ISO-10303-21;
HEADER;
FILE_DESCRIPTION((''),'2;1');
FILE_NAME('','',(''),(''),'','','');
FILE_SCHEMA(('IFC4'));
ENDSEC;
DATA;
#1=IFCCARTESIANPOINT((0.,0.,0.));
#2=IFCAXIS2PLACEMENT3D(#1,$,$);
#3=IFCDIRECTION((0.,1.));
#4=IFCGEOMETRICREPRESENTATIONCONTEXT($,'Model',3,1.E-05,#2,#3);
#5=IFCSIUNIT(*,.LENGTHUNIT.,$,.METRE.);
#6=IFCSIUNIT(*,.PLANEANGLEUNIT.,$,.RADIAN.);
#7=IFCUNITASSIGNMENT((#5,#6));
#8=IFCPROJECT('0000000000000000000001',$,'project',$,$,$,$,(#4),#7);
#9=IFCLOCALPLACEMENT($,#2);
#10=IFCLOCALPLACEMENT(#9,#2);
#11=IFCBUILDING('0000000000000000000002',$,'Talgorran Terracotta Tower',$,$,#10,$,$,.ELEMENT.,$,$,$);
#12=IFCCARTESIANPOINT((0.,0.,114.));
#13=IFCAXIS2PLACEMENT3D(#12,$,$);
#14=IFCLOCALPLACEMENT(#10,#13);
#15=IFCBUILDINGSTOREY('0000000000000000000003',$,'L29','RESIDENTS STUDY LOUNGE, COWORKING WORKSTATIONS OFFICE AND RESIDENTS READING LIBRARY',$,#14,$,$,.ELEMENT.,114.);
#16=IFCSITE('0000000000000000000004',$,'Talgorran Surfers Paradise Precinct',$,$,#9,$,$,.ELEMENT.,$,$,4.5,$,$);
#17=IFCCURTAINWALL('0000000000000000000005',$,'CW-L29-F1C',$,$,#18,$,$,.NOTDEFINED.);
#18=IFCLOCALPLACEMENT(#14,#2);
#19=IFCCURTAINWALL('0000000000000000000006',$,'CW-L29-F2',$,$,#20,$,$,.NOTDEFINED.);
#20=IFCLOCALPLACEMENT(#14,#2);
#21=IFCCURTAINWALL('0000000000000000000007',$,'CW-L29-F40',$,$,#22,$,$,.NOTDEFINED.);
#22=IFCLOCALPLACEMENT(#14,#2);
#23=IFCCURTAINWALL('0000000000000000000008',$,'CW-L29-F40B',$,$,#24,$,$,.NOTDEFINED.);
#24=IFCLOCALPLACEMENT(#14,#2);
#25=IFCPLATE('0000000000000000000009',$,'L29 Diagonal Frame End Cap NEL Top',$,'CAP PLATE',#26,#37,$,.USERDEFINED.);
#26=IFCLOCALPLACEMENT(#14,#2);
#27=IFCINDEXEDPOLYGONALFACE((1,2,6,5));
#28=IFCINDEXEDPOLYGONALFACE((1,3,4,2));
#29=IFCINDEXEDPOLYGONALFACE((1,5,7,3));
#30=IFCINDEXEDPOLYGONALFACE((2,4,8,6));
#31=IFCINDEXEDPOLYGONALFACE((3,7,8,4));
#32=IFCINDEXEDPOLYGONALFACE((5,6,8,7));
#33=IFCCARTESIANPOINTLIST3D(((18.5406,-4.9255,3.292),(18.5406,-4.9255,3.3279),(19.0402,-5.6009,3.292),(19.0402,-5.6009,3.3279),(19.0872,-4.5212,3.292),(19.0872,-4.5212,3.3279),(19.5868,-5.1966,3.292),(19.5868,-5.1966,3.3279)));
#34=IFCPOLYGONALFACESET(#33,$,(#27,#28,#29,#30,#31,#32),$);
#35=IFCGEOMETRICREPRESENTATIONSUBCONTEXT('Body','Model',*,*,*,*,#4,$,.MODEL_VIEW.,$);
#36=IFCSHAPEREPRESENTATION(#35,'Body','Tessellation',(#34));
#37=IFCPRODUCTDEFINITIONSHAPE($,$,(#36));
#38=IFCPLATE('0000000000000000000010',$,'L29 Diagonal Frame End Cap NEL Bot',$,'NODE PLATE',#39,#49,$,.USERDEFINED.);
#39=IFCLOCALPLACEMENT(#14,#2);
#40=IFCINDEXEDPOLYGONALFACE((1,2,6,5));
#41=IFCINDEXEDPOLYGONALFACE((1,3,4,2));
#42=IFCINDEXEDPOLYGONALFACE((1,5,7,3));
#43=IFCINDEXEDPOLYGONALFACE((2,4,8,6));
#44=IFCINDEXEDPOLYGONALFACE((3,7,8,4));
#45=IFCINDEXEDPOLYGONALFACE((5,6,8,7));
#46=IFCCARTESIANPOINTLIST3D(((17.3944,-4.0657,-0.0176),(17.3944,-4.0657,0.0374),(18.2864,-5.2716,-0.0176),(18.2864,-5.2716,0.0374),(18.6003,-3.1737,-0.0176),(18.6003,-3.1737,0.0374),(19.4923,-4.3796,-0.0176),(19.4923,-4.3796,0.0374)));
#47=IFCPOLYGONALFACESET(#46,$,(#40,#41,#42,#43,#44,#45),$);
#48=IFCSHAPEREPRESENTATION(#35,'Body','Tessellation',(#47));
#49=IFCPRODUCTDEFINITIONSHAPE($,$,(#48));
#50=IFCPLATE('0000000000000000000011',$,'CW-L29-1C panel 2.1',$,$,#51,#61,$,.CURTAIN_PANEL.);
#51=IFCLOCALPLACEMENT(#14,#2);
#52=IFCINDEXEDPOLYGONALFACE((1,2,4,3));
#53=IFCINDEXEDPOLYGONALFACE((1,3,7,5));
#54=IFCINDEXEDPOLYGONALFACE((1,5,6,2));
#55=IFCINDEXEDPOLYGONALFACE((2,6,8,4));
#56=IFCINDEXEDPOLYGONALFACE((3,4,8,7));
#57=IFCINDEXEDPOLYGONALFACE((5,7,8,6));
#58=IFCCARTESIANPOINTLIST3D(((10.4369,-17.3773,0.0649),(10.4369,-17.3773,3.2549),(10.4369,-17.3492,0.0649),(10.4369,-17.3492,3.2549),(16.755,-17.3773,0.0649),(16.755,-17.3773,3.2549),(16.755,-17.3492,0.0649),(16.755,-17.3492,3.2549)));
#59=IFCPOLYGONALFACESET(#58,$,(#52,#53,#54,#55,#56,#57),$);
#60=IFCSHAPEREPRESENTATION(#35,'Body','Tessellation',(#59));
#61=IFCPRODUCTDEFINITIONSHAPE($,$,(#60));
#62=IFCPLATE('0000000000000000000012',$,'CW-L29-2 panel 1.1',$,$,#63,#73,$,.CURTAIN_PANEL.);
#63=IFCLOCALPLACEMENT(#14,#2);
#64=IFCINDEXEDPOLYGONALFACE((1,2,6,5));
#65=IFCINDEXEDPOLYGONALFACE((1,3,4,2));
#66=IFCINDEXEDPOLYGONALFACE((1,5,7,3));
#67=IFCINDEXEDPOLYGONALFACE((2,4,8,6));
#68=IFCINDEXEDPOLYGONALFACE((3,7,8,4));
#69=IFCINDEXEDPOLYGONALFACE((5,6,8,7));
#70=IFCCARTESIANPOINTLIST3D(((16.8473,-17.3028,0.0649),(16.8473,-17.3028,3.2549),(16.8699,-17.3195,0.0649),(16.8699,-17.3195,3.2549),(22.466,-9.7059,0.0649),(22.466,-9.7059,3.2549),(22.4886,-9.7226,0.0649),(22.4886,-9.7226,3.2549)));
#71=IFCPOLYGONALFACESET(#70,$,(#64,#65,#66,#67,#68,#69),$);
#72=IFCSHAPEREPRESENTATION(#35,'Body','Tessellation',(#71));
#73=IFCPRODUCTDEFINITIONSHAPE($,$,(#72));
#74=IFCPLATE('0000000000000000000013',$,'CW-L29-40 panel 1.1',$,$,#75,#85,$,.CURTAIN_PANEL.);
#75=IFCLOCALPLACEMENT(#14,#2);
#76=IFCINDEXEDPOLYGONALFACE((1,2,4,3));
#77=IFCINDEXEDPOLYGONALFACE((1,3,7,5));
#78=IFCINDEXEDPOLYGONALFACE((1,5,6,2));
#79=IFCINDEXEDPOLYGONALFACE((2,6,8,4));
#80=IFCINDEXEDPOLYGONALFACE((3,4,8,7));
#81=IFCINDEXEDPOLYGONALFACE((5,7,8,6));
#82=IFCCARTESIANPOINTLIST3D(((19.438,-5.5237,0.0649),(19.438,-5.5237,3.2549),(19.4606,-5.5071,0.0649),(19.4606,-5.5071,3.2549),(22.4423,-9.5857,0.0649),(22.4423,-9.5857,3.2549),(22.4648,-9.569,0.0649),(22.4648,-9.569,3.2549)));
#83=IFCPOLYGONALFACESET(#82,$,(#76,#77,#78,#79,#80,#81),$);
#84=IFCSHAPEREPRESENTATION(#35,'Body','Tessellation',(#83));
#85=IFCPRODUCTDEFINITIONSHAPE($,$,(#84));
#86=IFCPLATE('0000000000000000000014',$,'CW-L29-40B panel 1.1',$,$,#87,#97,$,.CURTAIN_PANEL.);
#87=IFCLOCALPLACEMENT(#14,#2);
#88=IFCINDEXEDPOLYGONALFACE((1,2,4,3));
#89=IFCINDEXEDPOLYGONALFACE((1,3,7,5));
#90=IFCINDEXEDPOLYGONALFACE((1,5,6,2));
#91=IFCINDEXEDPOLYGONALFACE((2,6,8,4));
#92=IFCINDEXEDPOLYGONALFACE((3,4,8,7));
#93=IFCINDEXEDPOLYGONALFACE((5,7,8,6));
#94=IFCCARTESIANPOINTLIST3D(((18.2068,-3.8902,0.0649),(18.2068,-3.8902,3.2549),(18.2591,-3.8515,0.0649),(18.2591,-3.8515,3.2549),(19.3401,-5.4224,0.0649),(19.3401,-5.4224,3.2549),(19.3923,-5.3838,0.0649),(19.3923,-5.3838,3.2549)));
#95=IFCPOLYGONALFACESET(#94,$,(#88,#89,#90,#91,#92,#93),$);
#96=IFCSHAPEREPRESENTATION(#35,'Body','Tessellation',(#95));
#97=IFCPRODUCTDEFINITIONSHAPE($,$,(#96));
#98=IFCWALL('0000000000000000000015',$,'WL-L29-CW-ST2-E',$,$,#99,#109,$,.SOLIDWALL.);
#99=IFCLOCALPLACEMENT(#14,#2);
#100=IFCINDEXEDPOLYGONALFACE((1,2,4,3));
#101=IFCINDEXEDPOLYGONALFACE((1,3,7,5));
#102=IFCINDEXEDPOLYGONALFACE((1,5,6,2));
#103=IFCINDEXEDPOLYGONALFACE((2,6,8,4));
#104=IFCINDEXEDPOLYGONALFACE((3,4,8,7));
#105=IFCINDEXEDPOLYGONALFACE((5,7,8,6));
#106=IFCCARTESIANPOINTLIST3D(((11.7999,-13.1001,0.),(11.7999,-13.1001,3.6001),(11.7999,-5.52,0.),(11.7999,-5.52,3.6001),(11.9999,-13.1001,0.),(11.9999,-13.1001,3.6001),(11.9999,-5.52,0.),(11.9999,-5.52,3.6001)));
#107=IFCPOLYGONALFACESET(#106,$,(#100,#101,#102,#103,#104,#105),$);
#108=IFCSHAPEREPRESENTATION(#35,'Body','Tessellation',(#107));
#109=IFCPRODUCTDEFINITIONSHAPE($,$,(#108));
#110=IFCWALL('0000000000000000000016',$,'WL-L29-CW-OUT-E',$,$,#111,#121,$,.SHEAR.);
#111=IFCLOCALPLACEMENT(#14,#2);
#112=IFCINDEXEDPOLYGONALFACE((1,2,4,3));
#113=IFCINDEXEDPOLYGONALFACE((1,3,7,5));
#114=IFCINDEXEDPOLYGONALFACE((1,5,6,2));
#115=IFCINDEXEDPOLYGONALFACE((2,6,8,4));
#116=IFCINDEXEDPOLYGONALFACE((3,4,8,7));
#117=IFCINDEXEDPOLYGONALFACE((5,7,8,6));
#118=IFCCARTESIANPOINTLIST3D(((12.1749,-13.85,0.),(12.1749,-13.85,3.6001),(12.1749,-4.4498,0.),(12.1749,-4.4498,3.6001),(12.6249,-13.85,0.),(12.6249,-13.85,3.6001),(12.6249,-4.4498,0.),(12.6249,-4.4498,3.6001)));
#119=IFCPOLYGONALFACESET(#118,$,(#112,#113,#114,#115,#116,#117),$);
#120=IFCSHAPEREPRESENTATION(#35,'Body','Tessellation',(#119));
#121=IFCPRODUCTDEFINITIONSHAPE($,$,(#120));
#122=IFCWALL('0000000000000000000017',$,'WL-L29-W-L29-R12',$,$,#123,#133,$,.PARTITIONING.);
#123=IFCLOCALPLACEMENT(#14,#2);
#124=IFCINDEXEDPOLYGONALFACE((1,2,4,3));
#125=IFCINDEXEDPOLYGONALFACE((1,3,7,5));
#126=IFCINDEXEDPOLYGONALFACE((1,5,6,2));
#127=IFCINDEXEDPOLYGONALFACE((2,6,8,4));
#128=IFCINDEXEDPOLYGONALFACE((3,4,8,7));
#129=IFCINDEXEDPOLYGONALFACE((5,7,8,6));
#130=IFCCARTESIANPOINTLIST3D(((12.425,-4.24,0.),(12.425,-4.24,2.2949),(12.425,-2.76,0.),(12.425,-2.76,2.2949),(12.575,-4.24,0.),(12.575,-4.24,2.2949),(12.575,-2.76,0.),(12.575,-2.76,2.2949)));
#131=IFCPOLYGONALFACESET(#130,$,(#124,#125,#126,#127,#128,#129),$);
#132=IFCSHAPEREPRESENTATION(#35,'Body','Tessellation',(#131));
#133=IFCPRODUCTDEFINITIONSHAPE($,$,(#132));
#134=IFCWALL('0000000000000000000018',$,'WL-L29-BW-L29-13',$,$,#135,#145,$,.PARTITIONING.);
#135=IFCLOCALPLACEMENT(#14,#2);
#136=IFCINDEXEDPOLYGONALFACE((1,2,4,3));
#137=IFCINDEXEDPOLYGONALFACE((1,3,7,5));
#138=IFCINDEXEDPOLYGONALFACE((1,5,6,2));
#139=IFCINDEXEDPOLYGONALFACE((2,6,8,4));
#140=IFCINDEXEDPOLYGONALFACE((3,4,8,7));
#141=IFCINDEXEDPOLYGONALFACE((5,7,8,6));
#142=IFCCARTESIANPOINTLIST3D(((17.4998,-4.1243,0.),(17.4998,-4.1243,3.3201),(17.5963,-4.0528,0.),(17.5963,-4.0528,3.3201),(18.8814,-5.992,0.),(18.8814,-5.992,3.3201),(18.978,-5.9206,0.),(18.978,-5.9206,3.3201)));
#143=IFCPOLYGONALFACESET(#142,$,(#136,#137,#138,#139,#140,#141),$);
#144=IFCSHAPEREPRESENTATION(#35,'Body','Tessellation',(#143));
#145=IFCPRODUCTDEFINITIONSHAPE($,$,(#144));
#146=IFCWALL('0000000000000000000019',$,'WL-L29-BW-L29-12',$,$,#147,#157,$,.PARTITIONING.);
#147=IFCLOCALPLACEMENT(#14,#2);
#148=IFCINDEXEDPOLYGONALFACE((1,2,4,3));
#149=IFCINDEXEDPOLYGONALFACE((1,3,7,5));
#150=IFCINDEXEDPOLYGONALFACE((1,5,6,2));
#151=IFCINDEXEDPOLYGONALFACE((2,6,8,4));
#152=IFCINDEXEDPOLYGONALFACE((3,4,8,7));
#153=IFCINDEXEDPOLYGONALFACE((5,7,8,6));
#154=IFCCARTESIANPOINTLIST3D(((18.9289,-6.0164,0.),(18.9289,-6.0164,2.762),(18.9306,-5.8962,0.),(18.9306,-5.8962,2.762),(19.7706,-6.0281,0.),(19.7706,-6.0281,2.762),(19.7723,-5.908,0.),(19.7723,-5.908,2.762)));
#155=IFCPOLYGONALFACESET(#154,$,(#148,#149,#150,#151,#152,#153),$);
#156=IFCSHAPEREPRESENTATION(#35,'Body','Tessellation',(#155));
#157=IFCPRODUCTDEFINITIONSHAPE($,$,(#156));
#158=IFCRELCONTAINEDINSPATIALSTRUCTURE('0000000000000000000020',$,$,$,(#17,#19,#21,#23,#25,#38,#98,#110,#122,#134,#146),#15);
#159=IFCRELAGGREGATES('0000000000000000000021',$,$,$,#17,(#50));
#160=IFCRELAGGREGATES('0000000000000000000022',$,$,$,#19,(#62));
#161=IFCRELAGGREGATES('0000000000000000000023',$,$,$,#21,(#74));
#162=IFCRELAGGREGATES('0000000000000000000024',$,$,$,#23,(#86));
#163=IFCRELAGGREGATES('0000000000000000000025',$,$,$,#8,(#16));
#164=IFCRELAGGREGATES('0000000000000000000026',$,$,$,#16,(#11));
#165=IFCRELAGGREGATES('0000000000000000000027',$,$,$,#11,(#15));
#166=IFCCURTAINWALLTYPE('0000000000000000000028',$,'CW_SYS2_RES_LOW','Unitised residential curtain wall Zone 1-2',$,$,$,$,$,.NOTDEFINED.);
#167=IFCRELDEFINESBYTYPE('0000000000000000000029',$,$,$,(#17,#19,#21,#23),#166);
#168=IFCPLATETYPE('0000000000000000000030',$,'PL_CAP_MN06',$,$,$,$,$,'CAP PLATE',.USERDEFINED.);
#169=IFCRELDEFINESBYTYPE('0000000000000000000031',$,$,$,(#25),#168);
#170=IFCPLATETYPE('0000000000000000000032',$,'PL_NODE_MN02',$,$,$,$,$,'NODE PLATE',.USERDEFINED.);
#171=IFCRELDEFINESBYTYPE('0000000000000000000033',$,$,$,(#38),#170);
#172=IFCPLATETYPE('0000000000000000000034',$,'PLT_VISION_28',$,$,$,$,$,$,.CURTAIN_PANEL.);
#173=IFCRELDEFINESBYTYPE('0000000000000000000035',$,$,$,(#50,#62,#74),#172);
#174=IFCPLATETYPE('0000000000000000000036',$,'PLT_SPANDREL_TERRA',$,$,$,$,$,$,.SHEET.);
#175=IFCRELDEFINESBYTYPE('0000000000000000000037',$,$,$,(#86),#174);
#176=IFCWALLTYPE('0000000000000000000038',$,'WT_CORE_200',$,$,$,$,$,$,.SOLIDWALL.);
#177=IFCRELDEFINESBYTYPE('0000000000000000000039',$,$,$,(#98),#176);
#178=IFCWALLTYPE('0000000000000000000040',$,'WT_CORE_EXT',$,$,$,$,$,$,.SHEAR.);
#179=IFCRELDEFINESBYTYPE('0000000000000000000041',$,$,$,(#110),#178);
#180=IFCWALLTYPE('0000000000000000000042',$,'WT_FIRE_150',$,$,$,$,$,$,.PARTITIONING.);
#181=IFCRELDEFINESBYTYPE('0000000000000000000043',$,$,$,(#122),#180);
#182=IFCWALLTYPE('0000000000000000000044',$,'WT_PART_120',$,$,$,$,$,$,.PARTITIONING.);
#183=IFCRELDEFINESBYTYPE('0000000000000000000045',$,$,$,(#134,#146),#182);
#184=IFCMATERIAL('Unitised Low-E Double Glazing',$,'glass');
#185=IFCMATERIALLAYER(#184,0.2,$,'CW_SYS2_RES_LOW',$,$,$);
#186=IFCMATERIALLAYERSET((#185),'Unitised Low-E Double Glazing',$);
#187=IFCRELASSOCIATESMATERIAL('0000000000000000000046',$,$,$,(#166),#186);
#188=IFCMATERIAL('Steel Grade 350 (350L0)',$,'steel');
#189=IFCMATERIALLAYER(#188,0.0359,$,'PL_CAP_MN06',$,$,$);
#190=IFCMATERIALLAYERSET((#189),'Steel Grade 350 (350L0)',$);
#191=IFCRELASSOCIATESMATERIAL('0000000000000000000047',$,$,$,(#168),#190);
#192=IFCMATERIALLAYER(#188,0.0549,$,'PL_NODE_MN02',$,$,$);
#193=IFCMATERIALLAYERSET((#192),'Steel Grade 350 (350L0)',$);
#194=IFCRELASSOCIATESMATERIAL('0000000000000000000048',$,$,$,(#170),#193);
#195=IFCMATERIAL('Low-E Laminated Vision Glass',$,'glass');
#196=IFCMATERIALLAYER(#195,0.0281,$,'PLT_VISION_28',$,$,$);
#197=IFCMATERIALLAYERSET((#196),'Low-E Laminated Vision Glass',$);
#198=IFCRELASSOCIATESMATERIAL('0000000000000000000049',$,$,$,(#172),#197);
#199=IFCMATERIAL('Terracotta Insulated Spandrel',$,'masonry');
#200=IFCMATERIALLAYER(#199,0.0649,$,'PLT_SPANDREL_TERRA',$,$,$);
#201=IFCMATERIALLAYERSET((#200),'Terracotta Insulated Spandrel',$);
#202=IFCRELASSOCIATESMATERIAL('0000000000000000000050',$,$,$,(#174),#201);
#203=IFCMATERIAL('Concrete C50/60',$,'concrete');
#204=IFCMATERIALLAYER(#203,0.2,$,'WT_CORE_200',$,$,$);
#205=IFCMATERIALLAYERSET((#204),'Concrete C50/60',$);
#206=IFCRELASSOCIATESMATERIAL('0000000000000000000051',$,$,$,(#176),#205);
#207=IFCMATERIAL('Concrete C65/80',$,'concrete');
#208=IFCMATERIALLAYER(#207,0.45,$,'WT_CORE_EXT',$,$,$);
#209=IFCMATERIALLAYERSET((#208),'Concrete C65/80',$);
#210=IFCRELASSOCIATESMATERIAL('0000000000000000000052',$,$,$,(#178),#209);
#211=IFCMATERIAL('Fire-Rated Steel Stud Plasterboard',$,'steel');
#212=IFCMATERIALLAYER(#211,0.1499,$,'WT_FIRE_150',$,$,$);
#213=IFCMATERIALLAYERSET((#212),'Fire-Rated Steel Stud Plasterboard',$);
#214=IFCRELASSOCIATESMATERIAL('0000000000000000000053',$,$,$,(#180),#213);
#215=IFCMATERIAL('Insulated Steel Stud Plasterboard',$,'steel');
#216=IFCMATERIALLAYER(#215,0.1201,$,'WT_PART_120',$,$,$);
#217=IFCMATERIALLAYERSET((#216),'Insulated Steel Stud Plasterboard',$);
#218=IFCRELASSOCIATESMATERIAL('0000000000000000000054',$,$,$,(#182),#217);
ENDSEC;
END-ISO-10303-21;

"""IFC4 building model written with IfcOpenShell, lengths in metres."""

from ifc_helpers import new_model, si_unit, direction, frame, frame_2d, origin, origin_2d, place, context, subcontext, project, spatial, rectangle, extrude, source, transform, mapped, material, layer, layer_set, type_object, type_shapes, element, aggregate, save


model = new_model("IFC4")

# Units and contexts
model_context = context("Model", 3, precision=1e-05, world=origin(), true_north=direction((0.0, 1.0)))
body_context = subcontext(model_context, "Body", "Model", "MODEL_VIEW")
ifc_project = project(units=[si_unit("LENGTHUNIT", "METRE"), si_unit("PLANEANGLEUNIT", "RADIAN")], contexts=[model_context])

# Site, building, storey
site_placement = place(None, origin())
site = spatial("IfcSite", under=ifc_project, at=site_placement, Name="Talgorran Surfers Paradise Precinct", CompositionType="ELEMENT", RefElevation=4.5)
building_placement = place(site_placement, origin())
building = spatial("IfcBuilding", under=site, at=building_placement, Name="Talgorran Terracotta Tower", CompositionType="ELEMENT")
storey_placement = place(building_placement, frame((0.0, 0.0, 114.0)))
storey = spatial("IfcBuildingStorey", under=building, at=storey_placement, Name="L29", Description="RESIDENTS STUDY LOUNGE, COWORKING WORKSTATIONS OFFICE AND RESIDENTS READING LIBRARY", CompositionType="ELEMENT", Elevation=114.0)

# Shared definitions
ifc_material_1 = material(Name="Steel Grade 350 (350L0)", Category="steel")

# Curtain walls
ifc_material_2 = material(Name="Unitised Low-E Double Glazing", Category="glass")
ifc_layer_1 = layer(ifc_material_2, 0.2, Name="CW_SYS2_RES_LOW")
ifc_layer_set_1 = layer_set([ifc_layer_1], Name="Unitised Low-E Double Glazing")
curtain_wall_type = type_object("IfcCurtainWallType", Name="CW_SYS2_RES_LOW", Description="Unitised residential curtain wall Zone 1-2", PredefinedType="NOTDEFINED", material=ifc_layer_set_1)
curtain_wall_1_placement = place(storey_placement, origin())
curtain_wall_1 = element("IfcCurtainWall", 1, at=curtain_wall_1_placement, inside=storey, type_object=curtain_wall_type, Name="CW-L29-F1C", PredefinedType="NOTDEFINED")
curtain_wall_2_placement = place(storey_placement, origin())
curtain_wall_2 = element("IfcCurtainWall", 2, at=curtain_wall_2_placement, inside=storey, type_object=curtain_wall_type, Name="CW-L29-F2", PredefinedType="NOTDEFINED")
curtain_wall_3_placement = place(storey_placement, origin())
curtain_wall_3 = element("IfcCurtainWall", 3, at=curtain_wall_3_placement, inside=storey, type_object=curtain_wall_type, Name="CW-L29-F40", PredefinedType="NOTDEFINED")

# Curtain wall
curtain_wall_4_placement = place(storey_placement, origin())
curtain_wall_4 = element("IfcCurtainWall", 4, at=curtain_wall_4_placement, inside=storey, type_object=curtain_wall_type, Name="CW-L29-F40B", PredefinedType="NOTDEFINED")

# Plates
ifc_layer_2 = layer(ifc_material_1, 0.0359, Name="PL_CAP_MN06")
ifc_layer_set_2 = layer_set([ifc_layer_2], Name="Steel Grade 350 (350L0)")
plate_type_1 = type_object("IfcPlateType", Name="PL_CAP_MN06", ElementType="CAP PLATE", PredefinedType="USERDEFINED", material=ifc_layer_set_2)
plate_1_placement = place(storey_placement, frame((19.0637, -5.061, 3.292), z_axis=(0.0, 0.0, 1.0), x_axis=(0.594682, -0.803961, 0.0)))
element("IfcPlate", 5, at=plate_1_placement, inside=storey, type_object=plate_type_1, Name="L29 Diagonal Frame End Cap NEL Top", ObjectType="CAP PLATE", PredefinedType="USERDEFINED", context=body_context, shape_type="SweptSolid", body=[
    extrude(rectangle(XDim=0.8401, YDim=0.6799, at=origin_2d()), origin(), (0.0, 0.0, 1.0), 0.0359),
])
ifc_layer_3 = layer(ifc_material_1, 0.0549, Name="PL_NODE_MN02")
ifc_layer_set_3 = layer_set([ifc_layer_3], Name="Steel Grade 350 (350L0)")
plate_type_2 = type_object("IfcPlateType", Name="PL_NODE_MN02", ElementType="NODE PLATE", PredefinedType="USERDEFINED", material=ifc_layer_set_3)
plate_2_placement = place(storey_placement, frame((18.4434, -4.2227, -0.0176), z_axis=(0.0, 0.0, 1.0), x_axis=(0.594682, -0.803961, 0.0)))
element("IfcPlate", 6, at=plate_2_placement, inside=storey, type_object=plate_type_2, Name="L29 Diagonal Frame End Cap NEL Bot", ObjectType="NODE PLATE", PredefinedType="USERDEFINED", context=body_context, shape_type="SweptSolid", body=[
    extrude(rectangle(XDim=1.5, YDim=1.5, at=origin_2d()), origin(), (0.0, 0.0, 1.0), 0.0549),
])

# Plates
ifc_material_3 = material(Name="Low-E Laminated Vision Glass", Category="glass")
ifc_layer_4 = layer(ifc_material_3, 0.0281, Name="PLT_VISION_28")
ifc_layer_set_4 = layer_set([ifc_layer_4], Name="Low-E Laminated Vision Glass")
plate_type_3 = type_object("IfcPlateType", Name="PLT_VISION_28", PredefinedType="CURTAIN_PANEL", material=ifc_layer_set_4)
shared_shape_1 = source(origin(), body_context, "Body", "SweptSolid", [
    extrude(rectangle(XDim=6.3181, YDim=0.0281, at=origin_2d()), origin(), (0.0, 0.0, 1.0), 3.1899),
])
plate_3_placement = place(storey_placement, frame((13.5959, -17.3633, 0.0649), z_axis=(0.0, 0.0, 1.0), x_axis=(1.0, 0.0, 0.0)))
plate_3 = element("IfcPlate", 7, at=plate_3_placement, type_object=plate_type_3, Name="CW-L29-1C panel 2.1", PredefinedType="CURTAIN_PANEL", context=body_context, shape_type="MappedRepresentation", body=[
    mapped(shared_shape_1, transform((0.0, 0.0, 0.0), scale=1.0)),
])
aggregate(curtain_wall_1, [plate_3])
shared_shape_2 = source(origin(), body_context, "Body", "SweptSolid", [
    extrude(rectangle(XDim=9.449, YDim=0.0281, at=origin_2d()), origin(), (0.0, 0.0, 1.0), 3.1899),
])
plate_4_placement = place(storey_placement, frame((19.668, -13.5127, 0.0649), z_axis=(0.0, 0.0, 1.0), x_axis=(0.594638, 0.803993, 0.0)))
plate_4 = element("IfcPlate", 8, at=plate_4_placement, type_object=plate_type_3, Name="CW-L29-2 panel 1.1", PredefinedType="CURTAIN_PANEL", context=body_context, shape_type="MappedRepresentation", body=[
    mapped(shared_shape_2, transform((0.0, 0.0, 0.0), scale=1.0)),
])
aggregate(curtain_wall_2, [plate_4])
shared_shape_3 = source(origin(), body_context, "Body", "SweptSolid", [
    extrude(rectangle(XDim=5.0522, YDim=0.0281, at=origin_2d()), origin(), (0.0, 0.0, 1.0), 3.1899),
])
type_shapes(plate_type_3, [shared_shape_1, shared_shape_2, shared_shape_3])
plate_5_placement = place(storey_placement, frame((20.9514, -7.5464, 0.0649), z_axis=(0.0, 0.0, 1.0), x_axis=(-0.594639, 0.803993, 0.0)))
plate_5 = element("IfcPlate", 9, at=plate_5_placement, type_object=plate_type_3, Name="CW-L29-40 panel 1.1", PredefinedType="CURTAIN_PANEL", context=body_context, shape_type="MappedRepresentation", body=[
    mapped(shared_shape_3, transform((0.0, 0.0, 0.0), scale=1.0)),
])
aggregate(curtain_wall_3, [plate_5])
ifc_material_4 = material(Name="Terracotta Insulated Spandrel", Category="masonry")
ifc_layer_5 = layer(ifc_material_4, 0.0649, Name="PLT_SPANDREL_TERRA")
ifc_layer_set_5 = layer_set([ifc_layer_5], Name="Terracotta Insulated Spandrel")
plate_type_4 = type_object("IfcPlateType", Name="PLT_SPANDREL_TERRA", PredefinedType="SHEET", material=ifc_layer_set_5)
shared_shape_4 = source(origin(), body_context, "Body", "SweptSolid", [
    extrude(rectangle(XDim=1.9058, YDim=0.0649, at=origin_2d()), origin(), (0.0, 0.0, 1.0), 3.1899),
])
type_shapes(plate_type_4, [shared_shape_4])
plate_6_placement = place(storey_placement, frame((18.7996, -4.637, 0.0649), z_axis=(0.0, 0.0, 1.0), x_axis=(-0.594634, 0.803996, 0.0)))
plate_6 = element("IfcPlate", 10, at=plate_6_placement, type_object=plate_type_4, Name="CW-L29-40B panel 1.1", PredefinedType="CURTAIN_PANEL", context=body_context, shape_type="MappedRepresentation", body=[
    mapped(shared_shape_4, transform((0.0, 0.0, 0.0), scale=1.0)),
])
aggregate(curtain_wall_4, [plate_6])

# Walls
ifc_material_5 = material(Name="Concrete C50/60", Category="concrete")
ifc_layer_6 = layer(ifc_material_5, 0.2, Name="WT_CORE_200")
ifc_layer_set_6 = layer_set([ifc_layer_6], Name="Concrete C50/60")
wall_type_1 = type_object("IfcWallType", Name="WT_CORE_200", PredefinedType="SOLIDWALL", material=ifc_layer_set_6)
wall_1_placement = place(storey_placement, frame((11.8999, -13.1001, 0.0), z_axis=(0.0, 0.0, 1.0), x_axis=(0.0, 1.0, 0.0)))
element("IfcWall", 11, at=wall_1_placement, inside=storey, type_object=wall_type_1, Name="WL-L29-CW-ST2-E", PredefinedType="SOLIDWALL", context=body_context, shape_type="SweptSolid", body=[
    extrude(rectangle(XDim=7.5801, YDim=0.2, at=frame_2d((3.79, 0.0))), origin(), (0.0, 0.0, 1.0), 3.6001),
])
ifc_material_6 = material(Name="Concrete C65/80", Category="concrete")
ifc_layer_7 = layer(ifc_material_6, 0.45, Name="WT_CORE_EXT")
ifc_layer_set_7 = layer_set([ifc_layer_7], Name="Concrete C65/80")
wall_type_2 = type_object("IfcWallType", Name="WT_CORE_EXT", PredefinedType="SHEAR", material=ifc_layer_set_7)
wall_2_placement = place(storey_placement, frame((12.3999, -13.8501, 0.0), z_axis=(0.0, 0.0, 1.0), x_axis=(0.0, 1.0, 0.0)))
element("IfcWall", 12, at=wall_2_placement, inside=storey, type_object=wall_type_2, Name="WL-L29-CW-OUT-E", PredefinedType="SHEAR", context=body_context, shape_type="SweptSolid", body=[
    extrude(rectangle(XDim=9.4001, YDim=0.45, at=frame_2d((4.7002, 0.0))), origin(), (0.0, 0.0, 1.0), 3.6001),
])
ifc_material_7 = material(Name="Fire-Rated Steel Stud Plasterboard", Category="steel")
ifc_layer_8 = layer(ifc_material_7, 0.1499, Name="WT_FIRE_150")
ifc_layer_set_8 = layer_set([ifc_layer_8], Name="Fire-Rated Steel Stud Plasterboard")
wall_type_3 = type_object("IfcWallType", Name="WT_FIRE_150", PredefinedType="PARTITIONING", material=ifc_layer_set_8)
wall_3_placement = place(storey_placement, frame((12.5, -4.24, 0.0), z_axis=(0.0, 0.0, 1.0), x_axis=(0.0, 1.0, 0.0)))
element("IfcWall", 13, at=wall_3_placement, inside=storey, type_object=wall_type_3, Name="WL-L29-W-L29-R12", PredefinedType="PARTITIONING", context=body_context, shape_type="SweptSolid", body=[
    extrude(rectangle(XDim=1.48, YDim=0.1499, at=frame_2d((0.74, 0.0))), origin(), (0.0, 0.0, 1.0), 2.2949),
])
ifc_material_8 = material(Name="Insulated Steel Stud Plasterboard", Category="steel")
ifc_layer_9 = layer(ifc_material_8, 0.1201, Name="WT_PART_120")
ifc_layer_set_9 = layer_set([ifc_layer_9], Name="Insulated Steel Stud Plasterboard")
wall_type_4 = type_object("IfcWallType", Name="WT_PART_120", PredefinedType="PARTITIONING", material=ifc_layer_set_9)
wall_4_placement = place(storey_placement, frame((18.9297, -5.9563, 0.0), z_axis=(0.0, 0.0, 1.0), x_axis=(-0.594707, 0.803942, 0.0)))
element("IfcWall", 14, at=wall_4_placement, inside=storey, type_object=wall_type_4, Name="WL-L29-BW-L29-13", PredefinedType="PARTITIONING", context=body_context, shape_type="SweptSolid", body=[
    extrude(rectangle(XDim=2.3232, YDim=0.1201, at=frame_2d((1.1616, 0.0))), origin(), (0.0, 0.0, 1.0), 3.3201),
])
wall_5_placement = place(storey_placement, frame((19.7715, -5.968, 0.0), z_axis=(0.0, 0.0, 1.0), x_axis=(-0.999903, 0.01392, 0.0)))
element("IfcWall", 15, at=wall_5_placement, inside=storey, type_object=wall_type_4, Name="WL-L29-BW-L29-12", PredefinedType="PARTITIONING", context=body_context, shape_type="SweptSolid", body=[
    extrude(rectangle(XDim=0.8418, YDim=0.1201, at=frame_2d((0.4209, 0.0))), origin(), (0.0, 0.0, 1.0), 2.762),
])

save(model, "model.ifc")
